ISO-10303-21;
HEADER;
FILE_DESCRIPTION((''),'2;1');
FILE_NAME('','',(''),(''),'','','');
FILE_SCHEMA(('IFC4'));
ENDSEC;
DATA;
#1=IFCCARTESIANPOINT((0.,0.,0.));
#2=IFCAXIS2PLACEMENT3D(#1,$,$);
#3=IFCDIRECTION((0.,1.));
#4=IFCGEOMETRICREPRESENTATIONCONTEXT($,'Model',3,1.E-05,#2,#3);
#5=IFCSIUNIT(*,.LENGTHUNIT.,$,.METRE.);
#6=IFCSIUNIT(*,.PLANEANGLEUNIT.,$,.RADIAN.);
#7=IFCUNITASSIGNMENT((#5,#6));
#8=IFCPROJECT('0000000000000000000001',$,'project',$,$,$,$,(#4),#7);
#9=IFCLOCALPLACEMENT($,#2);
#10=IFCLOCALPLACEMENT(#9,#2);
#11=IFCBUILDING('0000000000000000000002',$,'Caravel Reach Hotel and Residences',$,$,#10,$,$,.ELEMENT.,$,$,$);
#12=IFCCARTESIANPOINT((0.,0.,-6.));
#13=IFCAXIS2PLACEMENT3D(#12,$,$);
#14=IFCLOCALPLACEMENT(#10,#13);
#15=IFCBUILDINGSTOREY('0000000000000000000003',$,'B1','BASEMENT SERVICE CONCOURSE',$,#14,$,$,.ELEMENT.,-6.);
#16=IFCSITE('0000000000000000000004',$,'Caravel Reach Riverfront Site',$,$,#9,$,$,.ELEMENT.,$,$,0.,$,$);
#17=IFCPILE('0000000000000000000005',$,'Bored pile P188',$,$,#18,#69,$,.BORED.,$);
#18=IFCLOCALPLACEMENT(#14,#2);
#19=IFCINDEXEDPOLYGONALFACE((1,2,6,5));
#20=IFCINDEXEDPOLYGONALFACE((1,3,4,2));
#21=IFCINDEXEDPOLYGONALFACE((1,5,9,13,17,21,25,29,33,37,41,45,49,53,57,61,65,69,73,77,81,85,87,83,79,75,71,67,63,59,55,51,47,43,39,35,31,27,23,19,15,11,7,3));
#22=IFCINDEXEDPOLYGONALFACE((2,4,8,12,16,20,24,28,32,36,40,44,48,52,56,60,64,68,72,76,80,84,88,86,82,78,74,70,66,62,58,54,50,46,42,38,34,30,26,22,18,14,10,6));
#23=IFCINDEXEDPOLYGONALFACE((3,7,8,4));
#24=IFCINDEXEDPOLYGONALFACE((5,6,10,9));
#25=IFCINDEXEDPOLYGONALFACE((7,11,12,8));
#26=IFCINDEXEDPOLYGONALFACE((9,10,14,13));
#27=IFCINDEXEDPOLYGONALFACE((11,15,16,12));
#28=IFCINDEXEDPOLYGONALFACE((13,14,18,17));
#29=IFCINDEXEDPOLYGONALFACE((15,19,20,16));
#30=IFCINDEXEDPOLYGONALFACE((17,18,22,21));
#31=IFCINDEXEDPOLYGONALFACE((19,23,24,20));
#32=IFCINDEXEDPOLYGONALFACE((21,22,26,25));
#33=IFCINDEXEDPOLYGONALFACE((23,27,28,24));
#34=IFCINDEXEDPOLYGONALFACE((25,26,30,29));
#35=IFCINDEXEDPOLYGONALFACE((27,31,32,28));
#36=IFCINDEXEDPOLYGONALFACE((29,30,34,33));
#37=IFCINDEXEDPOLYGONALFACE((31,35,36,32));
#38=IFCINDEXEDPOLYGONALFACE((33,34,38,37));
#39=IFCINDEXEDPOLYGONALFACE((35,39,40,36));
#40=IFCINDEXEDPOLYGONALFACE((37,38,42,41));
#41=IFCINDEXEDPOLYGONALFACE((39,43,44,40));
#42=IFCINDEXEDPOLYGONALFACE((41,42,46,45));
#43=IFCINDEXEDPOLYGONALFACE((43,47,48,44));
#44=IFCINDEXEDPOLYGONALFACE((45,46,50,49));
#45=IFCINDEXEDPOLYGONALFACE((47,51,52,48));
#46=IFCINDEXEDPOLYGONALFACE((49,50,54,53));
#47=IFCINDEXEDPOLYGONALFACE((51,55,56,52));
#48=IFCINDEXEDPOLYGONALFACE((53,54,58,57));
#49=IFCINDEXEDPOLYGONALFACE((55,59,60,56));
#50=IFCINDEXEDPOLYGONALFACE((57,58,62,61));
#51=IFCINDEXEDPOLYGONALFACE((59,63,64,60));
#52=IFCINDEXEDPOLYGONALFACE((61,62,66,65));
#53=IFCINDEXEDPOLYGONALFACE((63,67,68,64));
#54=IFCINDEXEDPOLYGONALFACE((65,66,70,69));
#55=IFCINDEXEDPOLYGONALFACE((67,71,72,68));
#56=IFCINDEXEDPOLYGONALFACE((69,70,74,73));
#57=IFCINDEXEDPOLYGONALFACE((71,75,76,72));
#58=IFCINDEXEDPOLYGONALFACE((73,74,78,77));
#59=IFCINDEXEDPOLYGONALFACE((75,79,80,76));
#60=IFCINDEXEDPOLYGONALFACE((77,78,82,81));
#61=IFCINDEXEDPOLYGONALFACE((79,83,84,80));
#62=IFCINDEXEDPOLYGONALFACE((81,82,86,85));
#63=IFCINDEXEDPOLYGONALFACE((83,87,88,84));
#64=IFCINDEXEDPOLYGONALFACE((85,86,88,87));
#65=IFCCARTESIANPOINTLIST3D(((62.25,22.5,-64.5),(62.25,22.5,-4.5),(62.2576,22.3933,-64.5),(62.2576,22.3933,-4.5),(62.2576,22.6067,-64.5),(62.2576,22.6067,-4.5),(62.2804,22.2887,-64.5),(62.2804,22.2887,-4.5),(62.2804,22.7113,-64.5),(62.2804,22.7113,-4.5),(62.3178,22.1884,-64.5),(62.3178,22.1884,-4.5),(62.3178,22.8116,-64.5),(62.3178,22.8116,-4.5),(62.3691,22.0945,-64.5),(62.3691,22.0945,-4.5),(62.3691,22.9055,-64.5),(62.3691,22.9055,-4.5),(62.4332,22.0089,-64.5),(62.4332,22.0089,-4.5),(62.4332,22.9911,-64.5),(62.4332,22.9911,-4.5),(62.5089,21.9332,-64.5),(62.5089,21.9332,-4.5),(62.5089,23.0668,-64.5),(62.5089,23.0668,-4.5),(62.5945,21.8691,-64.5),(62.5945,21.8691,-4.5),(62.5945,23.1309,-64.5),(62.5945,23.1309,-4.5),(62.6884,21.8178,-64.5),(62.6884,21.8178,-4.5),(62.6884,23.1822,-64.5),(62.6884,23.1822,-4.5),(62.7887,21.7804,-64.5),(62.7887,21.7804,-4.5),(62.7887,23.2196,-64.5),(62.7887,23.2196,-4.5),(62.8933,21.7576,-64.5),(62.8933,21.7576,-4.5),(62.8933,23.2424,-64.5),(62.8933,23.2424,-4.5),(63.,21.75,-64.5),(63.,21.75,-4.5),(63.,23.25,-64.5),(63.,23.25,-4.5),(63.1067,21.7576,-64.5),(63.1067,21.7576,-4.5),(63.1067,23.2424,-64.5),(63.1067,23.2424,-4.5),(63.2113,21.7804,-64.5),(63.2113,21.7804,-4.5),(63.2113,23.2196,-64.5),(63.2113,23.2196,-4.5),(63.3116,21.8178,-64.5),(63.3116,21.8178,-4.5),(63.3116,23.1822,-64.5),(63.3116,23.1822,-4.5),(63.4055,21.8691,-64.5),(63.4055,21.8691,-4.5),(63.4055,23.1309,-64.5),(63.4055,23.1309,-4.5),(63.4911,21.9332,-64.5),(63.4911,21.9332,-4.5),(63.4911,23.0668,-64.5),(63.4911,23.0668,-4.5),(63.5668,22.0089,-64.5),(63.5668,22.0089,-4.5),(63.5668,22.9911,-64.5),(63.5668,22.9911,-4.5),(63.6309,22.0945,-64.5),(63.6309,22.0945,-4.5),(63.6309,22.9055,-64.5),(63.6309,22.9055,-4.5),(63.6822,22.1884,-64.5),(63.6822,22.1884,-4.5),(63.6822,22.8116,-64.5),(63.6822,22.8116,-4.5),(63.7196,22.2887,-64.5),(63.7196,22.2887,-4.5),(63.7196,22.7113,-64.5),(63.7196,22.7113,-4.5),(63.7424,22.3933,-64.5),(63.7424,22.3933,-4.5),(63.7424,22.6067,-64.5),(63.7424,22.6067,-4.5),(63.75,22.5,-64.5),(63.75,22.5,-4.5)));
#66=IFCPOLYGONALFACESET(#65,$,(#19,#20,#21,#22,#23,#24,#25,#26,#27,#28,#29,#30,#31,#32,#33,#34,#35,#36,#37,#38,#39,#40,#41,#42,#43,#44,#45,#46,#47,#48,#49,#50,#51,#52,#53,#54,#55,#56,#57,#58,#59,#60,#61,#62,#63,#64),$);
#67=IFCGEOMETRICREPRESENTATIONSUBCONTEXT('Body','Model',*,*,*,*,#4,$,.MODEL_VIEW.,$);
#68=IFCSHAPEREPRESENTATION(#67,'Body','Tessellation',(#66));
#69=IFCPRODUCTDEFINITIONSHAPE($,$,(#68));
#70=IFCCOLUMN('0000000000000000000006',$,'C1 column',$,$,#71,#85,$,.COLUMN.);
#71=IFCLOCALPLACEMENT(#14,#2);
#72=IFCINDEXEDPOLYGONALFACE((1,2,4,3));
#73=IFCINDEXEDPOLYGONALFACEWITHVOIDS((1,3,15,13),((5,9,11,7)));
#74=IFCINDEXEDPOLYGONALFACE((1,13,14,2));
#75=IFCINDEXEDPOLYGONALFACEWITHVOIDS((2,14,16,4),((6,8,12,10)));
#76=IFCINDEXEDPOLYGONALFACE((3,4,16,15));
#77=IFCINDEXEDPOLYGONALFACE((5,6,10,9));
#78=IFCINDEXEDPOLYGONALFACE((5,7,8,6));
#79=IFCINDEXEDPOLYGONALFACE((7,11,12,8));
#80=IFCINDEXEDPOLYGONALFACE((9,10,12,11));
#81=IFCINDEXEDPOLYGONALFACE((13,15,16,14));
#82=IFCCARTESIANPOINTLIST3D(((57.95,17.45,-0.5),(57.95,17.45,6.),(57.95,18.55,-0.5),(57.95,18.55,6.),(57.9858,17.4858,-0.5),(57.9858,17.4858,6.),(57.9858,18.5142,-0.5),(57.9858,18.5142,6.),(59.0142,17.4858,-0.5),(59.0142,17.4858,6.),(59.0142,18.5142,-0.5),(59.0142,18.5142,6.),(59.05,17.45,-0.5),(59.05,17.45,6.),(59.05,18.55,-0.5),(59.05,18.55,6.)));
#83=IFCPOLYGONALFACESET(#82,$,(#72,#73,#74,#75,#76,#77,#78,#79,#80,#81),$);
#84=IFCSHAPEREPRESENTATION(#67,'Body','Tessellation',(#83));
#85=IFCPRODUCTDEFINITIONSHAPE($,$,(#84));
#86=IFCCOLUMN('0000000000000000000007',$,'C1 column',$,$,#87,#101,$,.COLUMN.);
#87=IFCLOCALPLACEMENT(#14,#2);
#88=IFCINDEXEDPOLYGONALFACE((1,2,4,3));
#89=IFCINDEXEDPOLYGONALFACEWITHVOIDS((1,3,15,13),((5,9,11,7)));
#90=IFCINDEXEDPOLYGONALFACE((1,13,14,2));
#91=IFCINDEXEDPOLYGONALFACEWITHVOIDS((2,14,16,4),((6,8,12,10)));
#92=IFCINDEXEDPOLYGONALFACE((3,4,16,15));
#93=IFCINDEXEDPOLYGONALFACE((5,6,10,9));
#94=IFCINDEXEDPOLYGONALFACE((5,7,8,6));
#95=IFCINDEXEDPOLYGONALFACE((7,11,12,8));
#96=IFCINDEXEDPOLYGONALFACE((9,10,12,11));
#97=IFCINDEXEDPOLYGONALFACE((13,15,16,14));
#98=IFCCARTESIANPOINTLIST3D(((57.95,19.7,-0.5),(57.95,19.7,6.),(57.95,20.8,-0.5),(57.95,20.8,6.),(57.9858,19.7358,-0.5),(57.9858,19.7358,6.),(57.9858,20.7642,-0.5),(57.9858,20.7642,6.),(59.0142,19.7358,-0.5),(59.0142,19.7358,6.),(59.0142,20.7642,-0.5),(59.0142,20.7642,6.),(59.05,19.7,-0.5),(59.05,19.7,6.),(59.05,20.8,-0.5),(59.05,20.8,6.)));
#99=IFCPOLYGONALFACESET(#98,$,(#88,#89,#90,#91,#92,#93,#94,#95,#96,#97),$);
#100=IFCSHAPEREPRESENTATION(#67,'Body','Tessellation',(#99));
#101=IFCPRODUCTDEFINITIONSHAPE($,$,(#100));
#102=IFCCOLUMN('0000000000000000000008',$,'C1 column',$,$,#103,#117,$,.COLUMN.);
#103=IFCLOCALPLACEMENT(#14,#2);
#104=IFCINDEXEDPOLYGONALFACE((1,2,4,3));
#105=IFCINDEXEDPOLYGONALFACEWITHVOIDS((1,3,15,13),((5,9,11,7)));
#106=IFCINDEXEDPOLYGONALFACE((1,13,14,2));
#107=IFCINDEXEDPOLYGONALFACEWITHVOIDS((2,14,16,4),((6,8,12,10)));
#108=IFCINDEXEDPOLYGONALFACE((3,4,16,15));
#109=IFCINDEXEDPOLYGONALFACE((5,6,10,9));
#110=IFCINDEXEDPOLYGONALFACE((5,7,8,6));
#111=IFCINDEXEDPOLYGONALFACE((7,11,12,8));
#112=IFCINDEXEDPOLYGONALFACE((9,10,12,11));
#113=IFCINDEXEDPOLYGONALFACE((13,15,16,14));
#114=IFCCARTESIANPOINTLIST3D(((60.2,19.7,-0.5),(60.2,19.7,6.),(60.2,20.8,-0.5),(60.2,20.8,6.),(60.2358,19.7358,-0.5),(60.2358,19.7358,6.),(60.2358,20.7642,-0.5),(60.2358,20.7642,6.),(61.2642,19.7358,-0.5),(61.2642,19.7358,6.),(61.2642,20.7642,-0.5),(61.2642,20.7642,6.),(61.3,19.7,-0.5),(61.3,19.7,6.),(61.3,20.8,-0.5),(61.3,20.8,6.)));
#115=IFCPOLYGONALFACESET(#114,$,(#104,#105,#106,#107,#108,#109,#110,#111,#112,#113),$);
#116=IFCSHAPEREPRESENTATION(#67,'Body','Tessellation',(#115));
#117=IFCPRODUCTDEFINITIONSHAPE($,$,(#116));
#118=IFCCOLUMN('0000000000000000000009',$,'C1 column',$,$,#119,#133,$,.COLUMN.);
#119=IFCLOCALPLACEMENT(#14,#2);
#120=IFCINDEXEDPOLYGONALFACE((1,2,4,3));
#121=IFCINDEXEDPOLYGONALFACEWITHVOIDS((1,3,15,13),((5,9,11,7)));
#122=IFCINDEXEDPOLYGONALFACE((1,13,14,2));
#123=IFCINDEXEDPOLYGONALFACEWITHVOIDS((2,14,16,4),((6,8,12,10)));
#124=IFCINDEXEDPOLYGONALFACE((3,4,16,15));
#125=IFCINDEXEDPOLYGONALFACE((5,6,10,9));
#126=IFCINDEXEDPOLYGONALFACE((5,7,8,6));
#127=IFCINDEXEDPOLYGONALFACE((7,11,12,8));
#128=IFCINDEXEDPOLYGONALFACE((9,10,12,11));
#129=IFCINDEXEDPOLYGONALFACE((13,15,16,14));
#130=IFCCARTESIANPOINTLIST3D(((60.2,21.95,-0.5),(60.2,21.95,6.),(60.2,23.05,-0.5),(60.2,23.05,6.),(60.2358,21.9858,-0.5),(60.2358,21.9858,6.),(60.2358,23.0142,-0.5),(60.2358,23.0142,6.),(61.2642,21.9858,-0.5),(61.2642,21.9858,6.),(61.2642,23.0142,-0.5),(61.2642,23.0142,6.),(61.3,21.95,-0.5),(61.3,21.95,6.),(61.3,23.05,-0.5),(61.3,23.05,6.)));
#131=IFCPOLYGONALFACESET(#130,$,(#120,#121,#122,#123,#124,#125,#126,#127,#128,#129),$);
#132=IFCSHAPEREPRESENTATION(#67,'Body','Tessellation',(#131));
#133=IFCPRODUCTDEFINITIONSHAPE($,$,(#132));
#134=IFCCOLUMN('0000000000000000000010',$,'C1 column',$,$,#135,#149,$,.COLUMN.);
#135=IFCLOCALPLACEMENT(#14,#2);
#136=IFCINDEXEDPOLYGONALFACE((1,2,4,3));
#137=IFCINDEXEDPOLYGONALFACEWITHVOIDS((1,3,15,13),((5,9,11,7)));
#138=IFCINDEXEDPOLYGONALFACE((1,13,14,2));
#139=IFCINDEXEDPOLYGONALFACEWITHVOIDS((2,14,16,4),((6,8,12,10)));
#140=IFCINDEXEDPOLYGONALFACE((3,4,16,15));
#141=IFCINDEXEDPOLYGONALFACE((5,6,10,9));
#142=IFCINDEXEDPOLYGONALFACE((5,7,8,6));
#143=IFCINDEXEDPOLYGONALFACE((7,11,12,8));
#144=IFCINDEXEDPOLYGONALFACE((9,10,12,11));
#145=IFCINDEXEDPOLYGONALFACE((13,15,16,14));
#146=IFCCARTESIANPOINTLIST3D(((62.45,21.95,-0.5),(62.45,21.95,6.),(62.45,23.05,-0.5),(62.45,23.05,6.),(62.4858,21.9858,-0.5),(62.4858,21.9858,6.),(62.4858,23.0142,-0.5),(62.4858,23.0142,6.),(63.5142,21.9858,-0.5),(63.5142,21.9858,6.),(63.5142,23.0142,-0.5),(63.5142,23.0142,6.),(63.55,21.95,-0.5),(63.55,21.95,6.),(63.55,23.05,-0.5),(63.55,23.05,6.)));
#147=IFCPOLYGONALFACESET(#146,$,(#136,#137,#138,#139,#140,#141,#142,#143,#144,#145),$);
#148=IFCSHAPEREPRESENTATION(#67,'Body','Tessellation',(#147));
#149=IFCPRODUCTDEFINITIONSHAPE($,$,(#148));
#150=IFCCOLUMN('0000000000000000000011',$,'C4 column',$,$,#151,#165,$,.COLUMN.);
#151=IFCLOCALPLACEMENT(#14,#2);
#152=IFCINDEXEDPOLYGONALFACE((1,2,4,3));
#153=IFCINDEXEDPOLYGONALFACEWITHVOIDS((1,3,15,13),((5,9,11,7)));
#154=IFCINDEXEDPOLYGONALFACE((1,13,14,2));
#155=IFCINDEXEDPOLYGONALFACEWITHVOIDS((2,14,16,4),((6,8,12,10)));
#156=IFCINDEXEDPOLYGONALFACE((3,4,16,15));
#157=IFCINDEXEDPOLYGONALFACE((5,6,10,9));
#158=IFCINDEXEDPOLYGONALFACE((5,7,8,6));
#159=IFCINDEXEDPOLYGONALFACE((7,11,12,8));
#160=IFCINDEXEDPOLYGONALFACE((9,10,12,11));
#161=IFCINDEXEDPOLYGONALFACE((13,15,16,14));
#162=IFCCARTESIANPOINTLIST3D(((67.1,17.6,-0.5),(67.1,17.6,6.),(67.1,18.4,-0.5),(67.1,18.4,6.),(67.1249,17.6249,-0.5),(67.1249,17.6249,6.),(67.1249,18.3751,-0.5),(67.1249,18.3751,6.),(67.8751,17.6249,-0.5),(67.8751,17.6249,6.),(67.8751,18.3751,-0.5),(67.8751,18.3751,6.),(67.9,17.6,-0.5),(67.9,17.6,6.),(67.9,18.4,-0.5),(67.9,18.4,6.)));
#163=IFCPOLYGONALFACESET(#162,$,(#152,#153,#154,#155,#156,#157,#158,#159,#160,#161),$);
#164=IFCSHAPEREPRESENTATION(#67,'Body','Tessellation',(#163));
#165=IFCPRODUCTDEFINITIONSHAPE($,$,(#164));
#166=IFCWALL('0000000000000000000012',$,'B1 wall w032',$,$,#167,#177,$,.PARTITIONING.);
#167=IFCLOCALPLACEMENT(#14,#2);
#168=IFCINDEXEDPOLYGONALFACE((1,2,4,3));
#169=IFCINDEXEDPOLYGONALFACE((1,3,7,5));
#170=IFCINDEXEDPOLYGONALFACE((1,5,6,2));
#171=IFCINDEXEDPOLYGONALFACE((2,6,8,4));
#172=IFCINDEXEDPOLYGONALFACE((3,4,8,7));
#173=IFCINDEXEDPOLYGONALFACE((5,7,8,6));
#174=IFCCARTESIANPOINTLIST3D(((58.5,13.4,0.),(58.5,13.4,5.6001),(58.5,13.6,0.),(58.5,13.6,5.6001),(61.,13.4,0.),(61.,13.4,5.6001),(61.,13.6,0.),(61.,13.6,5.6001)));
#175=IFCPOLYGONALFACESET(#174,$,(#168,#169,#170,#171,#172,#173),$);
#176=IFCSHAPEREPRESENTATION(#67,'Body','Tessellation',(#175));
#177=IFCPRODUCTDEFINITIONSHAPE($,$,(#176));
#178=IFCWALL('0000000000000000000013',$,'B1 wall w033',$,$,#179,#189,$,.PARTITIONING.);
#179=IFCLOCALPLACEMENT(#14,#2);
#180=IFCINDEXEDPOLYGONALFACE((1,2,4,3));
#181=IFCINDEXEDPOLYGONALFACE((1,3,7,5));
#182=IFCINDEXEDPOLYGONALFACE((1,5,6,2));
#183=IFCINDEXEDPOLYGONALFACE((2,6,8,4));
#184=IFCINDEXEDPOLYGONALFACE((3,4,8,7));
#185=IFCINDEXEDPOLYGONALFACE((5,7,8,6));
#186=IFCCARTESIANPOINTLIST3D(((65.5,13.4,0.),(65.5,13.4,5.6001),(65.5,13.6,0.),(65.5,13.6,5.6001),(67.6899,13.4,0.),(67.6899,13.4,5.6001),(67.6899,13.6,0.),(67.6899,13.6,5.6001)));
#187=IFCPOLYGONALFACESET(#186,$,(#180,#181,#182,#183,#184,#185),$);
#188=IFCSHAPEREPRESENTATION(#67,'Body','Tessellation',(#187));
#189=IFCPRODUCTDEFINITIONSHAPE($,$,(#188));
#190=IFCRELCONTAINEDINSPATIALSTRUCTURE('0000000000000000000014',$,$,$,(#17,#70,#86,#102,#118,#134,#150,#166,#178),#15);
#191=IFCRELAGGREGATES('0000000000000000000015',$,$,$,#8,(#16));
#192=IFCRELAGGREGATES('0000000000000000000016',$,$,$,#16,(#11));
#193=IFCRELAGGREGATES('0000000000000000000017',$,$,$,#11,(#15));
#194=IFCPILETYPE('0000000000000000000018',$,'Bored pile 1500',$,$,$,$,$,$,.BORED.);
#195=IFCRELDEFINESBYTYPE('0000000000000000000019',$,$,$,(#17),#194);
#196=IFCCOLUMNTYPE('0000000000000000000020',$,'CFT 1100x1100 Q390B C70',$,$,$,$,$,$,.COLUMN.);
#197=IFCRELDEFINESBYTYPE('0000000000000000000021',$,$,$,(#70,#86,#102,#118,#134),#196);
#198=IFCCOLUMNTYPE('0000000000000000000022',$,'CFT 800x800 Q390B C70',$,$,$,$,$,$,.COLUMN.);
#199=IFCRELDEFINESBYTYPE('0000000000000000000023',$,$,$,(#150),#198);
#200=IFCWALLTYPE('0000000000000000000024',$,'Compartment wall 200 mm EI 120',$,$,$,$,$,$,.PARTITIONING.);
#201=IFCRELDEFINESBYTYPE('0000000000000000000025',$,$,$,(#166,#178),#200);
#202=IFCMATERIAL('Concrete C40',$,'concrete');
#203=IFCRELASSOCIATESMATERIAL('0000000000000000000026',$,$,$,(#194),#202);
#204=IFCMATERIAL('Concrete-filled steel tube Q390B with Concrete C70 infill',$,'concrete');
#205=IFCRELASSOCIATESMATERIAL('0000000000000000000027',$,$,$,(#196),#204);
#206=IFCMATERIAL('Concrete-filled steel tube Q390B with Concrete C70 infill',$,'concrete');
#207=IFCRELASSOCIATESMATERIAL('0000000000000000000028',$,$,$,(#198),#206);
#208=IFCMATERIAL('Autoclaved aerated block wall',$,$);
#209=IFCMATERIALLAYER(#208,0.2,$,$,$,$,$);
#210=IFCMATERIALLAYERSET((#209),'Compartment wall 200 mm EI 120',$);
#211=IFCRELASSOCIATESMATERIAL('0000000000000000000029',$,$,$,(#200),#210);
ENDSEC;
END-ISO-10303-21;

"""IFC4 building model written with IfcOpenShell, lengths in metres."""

from ifc_helpers import new_model, si_unit, direction, frame, frame_2d, origin, origin_2d, place, context, subcontext, project, spatial, rectangle, hollow_rectangle, circle, extrude, material, layer, layer_set, material_profile, profile_set, type_object, element, save


model = new_model("IFC4")

# Units and contexts
model_context = context("Model", 3, precision=1e-05, world=origin(), true_north=direction((0.0, 1.0)))
body_context = subcontext(model_context, "Body", "Model", "MODEL_VIEW")
ifc_project = project(units=[si_unit("LENGTHUNIT", "METRE"), si_unit("PLANEANGLEUNIT", "RADIAN")], contexts=[model_context])

# Site, building, storey
site_placement = place(None, origin())
site = spatial("IfcSite", under=ifc_project, at=site_placement, Name="Caravel Reach Riverfront Site", CompositionType="ELEMENT", RefElevation=0.0)
building_placement = place(site_placement, origin())
building = spatial("IfcBuilding", under=site, at=building_placement, Name="Caravel Reach Hotel and Residences", CompositionType="ELEMENT")
storey_placement = place(building_placement, frame((0.0, 0.0, -6.0)))
storey = spatial("IfcBuildingStorey", under=building, at=storey_placement, Name="B1", Description="BASEMENT SERVICE CONCOURSE", CompositionType="ELEMENT", Elevation=-6.0)

# Pile
ifc_material_1 = material(Name="Concrete C40", Category="concrete")
ifc_material_profile_1 = material_profile(ifc_material_1, circle(Radius=0.75, at=origin_2d()), Name="PILE 1500")
ifc_profile_set_1 = profile_set([ifc_material_profile_1], Name="Concrete C40")
pile_type_1 = type_object("IfcPileType", Name="Bored pile 1500", PredefinedType="BORED", material=ifc_profile_set_1)
for number, where, z_axis, x_axis, name in (
    (1, (63.0, 22.5, -4.5), (0.0, 0.0, -1.0), (1.0, 0.0, 0.0), "Bored pile P188"),
):
    element("IfcPile", number, at=place(storey_placement, frame(where, z_axis=z_axis, x_axis=x_axis)), inside=storey, type_object=pile_type_1, Name=name, PredefinedType="BORED", context=body_context, shape_type="SweptSolid", body=[
        extrude(circle(Radius=0.75, at=origin_2d()), origin(), (0.0, 0.0, 1.0), 60.0),
    ])

# Columns
ifc_material_2 = material(Name="Concrete-filled steel tube Q390B with Concrete C70 infill", Category="concrete")
ifc_material_profile_2 = material_profile(ifc_material_2, hollow_rectangle(XDim=1.1001, YDim=1.1001, WallThickness=0.0359, at=origin_2d()), Name="RHS 1100x1100x36")
ifc_profile_set_2 = profile_set([ifc_material_profile_2], Name="Concrete-filled steel tube Q390B with Concrete C70 infill")
column_type_1 = type_object("IfcColumnType", Name="CFT 1100x1100 Q390B C70", PredefinedType="COLUMN", material=ifc_profile_set_2)
for number, where, z_axis, x_axis, name in (
    (2, (58.5, 18.0, -0.5), (0.0, 0.0, 1.0), (1.0, 0.0, 0.0), "C1 column"),
    (3, (58.5, 20.25, -0.5), (0.0, 0.0, 1.0), (1.0, 0.0, 0.0), "C1 column"),
    (4, (60.75, 20.25, -0.5), (0.0, 0.0, 1.0), (1.0, 0.0, 0.0), "C1 column"),
    (5, (60.75, 22.5, -0.5), (0.0, 0.0, 1.0), (1.0, 0.0, 0.0), "C1 column"),
    (6, (63.0, 22.5, -0.5), (0.0, 0.0, 1.0), (1.0, 0.0, 0.0), "C1 column"),
):
    element("IfcColumn", number, at=place(storey_placement, frame(where, z_axis=z_axis, x_axis=x_axis)), inside=storey, type_object=column_type_1, Name=name, PredefinedType="COLUMN", context=body_context, shape_type="SweptSolid", body=[
        extrude(hollow_rectangle(XDim=1.1001, YDim=1.1001, WallThickness=0.0359, at=origin_2d()), origin(), (0.0, 0.0, 1.0), 6.5),
    ])
ifc_material_3 = material(Name="Concrete-filled steel tube Q390B with Concrete C70 infill", Category="concrete")
ifc_material_profile_3 = material_profile(ifc_material_3, hollow_rectangle(XDim=0.8, YDim=0.8, WallThickness=0.0249, at=origin_2d()), Name="RHS 800x800x25")
ifc_profile_set_3 = profile_set([ifc_material_profile_3], Name="Concrete-filled steel tube Q390B with Concrete C70 infill")
column_type_2 = type_object("IfcColumnType", Name="CFT 800x800 Q390B C70", PredefinedType="COLUMN", material=ifc_profile_set_3)
column_placement = place(storey_placement, frame((67.5, 18.0, -0.5), z_axis=(0.0, 0.0, 1.0), x_axis=(1.0, 0.0, 0.0)))
element("IfcColumn", 7, at=column_placement, inside=storey, type_object=column_type_2, Name="C4 column", PredefinedType="COLUMN", context=body_context, shape_type="SweptSolid", body=[
    extrude(hollow_rectangle(XDim=0.8, YDim=0.8, WallThickness=0.0249, at=origin_2d()), origin(), (0.0, 0.0, 1.0), 6.5),
])

# Walls
ifc_material_4 = material(Name="Autoclaved aerated block wall")
ifc_layer_1 = layer(ifc_material_4, 0.2)
ifc_layer_set_1 = layer_set([ifc_layer_1], Name="Compartment wall 200 mm EI 120")
wall_type_1 = type_object("IfcWallType", Name="Compartment wall 200 mm EI 120", PredefinedType="PARTITIONING", material=ifc_layer_set_1)
wall_1_placement = place(storey_placement, frame((58.5, 13.5, 0.0), z_axis=(0.0, 0.0, 1.0), x_axis=(1.0, 0.0, 0.0)))
element("IfcWall", 8, at=wall_1_placement, inside=storey, type_object=wall_type_1, Name="B1 wall w032", PredefinedType="PARTITIONING", context=body_context, shape_type="SweptSolid", body=[
    extrude(rectangle(XDim=2.5, YDim=0.2, at=frame_2d((1.25, 0.0))), origin(), (0.0, 0.0, 1.0), 5.6001),
])
wall_2_placement = place(storey_placement, frame((65.5, 13.5, 0.0), z_axis=(0.0, 0.0, 1.0), x_axis=(1.0, 0.0, 0.0)))
element("IfcWall", 9, at=wall_2_placement, inside=storey, type_object=wall_type_1, Name="B1 wall w033", PredefinedType="PARTITIONING", context=body_context, shape_type="SweptSolid", body=[
    extrude(rectangle(XDim=2.1899, YDim=0.2, at=frame_2d((1.095, 0.0))), origin(), (0.0, 0.0, 1.0), 5.6001),
])

save(model, "model.ifc")
